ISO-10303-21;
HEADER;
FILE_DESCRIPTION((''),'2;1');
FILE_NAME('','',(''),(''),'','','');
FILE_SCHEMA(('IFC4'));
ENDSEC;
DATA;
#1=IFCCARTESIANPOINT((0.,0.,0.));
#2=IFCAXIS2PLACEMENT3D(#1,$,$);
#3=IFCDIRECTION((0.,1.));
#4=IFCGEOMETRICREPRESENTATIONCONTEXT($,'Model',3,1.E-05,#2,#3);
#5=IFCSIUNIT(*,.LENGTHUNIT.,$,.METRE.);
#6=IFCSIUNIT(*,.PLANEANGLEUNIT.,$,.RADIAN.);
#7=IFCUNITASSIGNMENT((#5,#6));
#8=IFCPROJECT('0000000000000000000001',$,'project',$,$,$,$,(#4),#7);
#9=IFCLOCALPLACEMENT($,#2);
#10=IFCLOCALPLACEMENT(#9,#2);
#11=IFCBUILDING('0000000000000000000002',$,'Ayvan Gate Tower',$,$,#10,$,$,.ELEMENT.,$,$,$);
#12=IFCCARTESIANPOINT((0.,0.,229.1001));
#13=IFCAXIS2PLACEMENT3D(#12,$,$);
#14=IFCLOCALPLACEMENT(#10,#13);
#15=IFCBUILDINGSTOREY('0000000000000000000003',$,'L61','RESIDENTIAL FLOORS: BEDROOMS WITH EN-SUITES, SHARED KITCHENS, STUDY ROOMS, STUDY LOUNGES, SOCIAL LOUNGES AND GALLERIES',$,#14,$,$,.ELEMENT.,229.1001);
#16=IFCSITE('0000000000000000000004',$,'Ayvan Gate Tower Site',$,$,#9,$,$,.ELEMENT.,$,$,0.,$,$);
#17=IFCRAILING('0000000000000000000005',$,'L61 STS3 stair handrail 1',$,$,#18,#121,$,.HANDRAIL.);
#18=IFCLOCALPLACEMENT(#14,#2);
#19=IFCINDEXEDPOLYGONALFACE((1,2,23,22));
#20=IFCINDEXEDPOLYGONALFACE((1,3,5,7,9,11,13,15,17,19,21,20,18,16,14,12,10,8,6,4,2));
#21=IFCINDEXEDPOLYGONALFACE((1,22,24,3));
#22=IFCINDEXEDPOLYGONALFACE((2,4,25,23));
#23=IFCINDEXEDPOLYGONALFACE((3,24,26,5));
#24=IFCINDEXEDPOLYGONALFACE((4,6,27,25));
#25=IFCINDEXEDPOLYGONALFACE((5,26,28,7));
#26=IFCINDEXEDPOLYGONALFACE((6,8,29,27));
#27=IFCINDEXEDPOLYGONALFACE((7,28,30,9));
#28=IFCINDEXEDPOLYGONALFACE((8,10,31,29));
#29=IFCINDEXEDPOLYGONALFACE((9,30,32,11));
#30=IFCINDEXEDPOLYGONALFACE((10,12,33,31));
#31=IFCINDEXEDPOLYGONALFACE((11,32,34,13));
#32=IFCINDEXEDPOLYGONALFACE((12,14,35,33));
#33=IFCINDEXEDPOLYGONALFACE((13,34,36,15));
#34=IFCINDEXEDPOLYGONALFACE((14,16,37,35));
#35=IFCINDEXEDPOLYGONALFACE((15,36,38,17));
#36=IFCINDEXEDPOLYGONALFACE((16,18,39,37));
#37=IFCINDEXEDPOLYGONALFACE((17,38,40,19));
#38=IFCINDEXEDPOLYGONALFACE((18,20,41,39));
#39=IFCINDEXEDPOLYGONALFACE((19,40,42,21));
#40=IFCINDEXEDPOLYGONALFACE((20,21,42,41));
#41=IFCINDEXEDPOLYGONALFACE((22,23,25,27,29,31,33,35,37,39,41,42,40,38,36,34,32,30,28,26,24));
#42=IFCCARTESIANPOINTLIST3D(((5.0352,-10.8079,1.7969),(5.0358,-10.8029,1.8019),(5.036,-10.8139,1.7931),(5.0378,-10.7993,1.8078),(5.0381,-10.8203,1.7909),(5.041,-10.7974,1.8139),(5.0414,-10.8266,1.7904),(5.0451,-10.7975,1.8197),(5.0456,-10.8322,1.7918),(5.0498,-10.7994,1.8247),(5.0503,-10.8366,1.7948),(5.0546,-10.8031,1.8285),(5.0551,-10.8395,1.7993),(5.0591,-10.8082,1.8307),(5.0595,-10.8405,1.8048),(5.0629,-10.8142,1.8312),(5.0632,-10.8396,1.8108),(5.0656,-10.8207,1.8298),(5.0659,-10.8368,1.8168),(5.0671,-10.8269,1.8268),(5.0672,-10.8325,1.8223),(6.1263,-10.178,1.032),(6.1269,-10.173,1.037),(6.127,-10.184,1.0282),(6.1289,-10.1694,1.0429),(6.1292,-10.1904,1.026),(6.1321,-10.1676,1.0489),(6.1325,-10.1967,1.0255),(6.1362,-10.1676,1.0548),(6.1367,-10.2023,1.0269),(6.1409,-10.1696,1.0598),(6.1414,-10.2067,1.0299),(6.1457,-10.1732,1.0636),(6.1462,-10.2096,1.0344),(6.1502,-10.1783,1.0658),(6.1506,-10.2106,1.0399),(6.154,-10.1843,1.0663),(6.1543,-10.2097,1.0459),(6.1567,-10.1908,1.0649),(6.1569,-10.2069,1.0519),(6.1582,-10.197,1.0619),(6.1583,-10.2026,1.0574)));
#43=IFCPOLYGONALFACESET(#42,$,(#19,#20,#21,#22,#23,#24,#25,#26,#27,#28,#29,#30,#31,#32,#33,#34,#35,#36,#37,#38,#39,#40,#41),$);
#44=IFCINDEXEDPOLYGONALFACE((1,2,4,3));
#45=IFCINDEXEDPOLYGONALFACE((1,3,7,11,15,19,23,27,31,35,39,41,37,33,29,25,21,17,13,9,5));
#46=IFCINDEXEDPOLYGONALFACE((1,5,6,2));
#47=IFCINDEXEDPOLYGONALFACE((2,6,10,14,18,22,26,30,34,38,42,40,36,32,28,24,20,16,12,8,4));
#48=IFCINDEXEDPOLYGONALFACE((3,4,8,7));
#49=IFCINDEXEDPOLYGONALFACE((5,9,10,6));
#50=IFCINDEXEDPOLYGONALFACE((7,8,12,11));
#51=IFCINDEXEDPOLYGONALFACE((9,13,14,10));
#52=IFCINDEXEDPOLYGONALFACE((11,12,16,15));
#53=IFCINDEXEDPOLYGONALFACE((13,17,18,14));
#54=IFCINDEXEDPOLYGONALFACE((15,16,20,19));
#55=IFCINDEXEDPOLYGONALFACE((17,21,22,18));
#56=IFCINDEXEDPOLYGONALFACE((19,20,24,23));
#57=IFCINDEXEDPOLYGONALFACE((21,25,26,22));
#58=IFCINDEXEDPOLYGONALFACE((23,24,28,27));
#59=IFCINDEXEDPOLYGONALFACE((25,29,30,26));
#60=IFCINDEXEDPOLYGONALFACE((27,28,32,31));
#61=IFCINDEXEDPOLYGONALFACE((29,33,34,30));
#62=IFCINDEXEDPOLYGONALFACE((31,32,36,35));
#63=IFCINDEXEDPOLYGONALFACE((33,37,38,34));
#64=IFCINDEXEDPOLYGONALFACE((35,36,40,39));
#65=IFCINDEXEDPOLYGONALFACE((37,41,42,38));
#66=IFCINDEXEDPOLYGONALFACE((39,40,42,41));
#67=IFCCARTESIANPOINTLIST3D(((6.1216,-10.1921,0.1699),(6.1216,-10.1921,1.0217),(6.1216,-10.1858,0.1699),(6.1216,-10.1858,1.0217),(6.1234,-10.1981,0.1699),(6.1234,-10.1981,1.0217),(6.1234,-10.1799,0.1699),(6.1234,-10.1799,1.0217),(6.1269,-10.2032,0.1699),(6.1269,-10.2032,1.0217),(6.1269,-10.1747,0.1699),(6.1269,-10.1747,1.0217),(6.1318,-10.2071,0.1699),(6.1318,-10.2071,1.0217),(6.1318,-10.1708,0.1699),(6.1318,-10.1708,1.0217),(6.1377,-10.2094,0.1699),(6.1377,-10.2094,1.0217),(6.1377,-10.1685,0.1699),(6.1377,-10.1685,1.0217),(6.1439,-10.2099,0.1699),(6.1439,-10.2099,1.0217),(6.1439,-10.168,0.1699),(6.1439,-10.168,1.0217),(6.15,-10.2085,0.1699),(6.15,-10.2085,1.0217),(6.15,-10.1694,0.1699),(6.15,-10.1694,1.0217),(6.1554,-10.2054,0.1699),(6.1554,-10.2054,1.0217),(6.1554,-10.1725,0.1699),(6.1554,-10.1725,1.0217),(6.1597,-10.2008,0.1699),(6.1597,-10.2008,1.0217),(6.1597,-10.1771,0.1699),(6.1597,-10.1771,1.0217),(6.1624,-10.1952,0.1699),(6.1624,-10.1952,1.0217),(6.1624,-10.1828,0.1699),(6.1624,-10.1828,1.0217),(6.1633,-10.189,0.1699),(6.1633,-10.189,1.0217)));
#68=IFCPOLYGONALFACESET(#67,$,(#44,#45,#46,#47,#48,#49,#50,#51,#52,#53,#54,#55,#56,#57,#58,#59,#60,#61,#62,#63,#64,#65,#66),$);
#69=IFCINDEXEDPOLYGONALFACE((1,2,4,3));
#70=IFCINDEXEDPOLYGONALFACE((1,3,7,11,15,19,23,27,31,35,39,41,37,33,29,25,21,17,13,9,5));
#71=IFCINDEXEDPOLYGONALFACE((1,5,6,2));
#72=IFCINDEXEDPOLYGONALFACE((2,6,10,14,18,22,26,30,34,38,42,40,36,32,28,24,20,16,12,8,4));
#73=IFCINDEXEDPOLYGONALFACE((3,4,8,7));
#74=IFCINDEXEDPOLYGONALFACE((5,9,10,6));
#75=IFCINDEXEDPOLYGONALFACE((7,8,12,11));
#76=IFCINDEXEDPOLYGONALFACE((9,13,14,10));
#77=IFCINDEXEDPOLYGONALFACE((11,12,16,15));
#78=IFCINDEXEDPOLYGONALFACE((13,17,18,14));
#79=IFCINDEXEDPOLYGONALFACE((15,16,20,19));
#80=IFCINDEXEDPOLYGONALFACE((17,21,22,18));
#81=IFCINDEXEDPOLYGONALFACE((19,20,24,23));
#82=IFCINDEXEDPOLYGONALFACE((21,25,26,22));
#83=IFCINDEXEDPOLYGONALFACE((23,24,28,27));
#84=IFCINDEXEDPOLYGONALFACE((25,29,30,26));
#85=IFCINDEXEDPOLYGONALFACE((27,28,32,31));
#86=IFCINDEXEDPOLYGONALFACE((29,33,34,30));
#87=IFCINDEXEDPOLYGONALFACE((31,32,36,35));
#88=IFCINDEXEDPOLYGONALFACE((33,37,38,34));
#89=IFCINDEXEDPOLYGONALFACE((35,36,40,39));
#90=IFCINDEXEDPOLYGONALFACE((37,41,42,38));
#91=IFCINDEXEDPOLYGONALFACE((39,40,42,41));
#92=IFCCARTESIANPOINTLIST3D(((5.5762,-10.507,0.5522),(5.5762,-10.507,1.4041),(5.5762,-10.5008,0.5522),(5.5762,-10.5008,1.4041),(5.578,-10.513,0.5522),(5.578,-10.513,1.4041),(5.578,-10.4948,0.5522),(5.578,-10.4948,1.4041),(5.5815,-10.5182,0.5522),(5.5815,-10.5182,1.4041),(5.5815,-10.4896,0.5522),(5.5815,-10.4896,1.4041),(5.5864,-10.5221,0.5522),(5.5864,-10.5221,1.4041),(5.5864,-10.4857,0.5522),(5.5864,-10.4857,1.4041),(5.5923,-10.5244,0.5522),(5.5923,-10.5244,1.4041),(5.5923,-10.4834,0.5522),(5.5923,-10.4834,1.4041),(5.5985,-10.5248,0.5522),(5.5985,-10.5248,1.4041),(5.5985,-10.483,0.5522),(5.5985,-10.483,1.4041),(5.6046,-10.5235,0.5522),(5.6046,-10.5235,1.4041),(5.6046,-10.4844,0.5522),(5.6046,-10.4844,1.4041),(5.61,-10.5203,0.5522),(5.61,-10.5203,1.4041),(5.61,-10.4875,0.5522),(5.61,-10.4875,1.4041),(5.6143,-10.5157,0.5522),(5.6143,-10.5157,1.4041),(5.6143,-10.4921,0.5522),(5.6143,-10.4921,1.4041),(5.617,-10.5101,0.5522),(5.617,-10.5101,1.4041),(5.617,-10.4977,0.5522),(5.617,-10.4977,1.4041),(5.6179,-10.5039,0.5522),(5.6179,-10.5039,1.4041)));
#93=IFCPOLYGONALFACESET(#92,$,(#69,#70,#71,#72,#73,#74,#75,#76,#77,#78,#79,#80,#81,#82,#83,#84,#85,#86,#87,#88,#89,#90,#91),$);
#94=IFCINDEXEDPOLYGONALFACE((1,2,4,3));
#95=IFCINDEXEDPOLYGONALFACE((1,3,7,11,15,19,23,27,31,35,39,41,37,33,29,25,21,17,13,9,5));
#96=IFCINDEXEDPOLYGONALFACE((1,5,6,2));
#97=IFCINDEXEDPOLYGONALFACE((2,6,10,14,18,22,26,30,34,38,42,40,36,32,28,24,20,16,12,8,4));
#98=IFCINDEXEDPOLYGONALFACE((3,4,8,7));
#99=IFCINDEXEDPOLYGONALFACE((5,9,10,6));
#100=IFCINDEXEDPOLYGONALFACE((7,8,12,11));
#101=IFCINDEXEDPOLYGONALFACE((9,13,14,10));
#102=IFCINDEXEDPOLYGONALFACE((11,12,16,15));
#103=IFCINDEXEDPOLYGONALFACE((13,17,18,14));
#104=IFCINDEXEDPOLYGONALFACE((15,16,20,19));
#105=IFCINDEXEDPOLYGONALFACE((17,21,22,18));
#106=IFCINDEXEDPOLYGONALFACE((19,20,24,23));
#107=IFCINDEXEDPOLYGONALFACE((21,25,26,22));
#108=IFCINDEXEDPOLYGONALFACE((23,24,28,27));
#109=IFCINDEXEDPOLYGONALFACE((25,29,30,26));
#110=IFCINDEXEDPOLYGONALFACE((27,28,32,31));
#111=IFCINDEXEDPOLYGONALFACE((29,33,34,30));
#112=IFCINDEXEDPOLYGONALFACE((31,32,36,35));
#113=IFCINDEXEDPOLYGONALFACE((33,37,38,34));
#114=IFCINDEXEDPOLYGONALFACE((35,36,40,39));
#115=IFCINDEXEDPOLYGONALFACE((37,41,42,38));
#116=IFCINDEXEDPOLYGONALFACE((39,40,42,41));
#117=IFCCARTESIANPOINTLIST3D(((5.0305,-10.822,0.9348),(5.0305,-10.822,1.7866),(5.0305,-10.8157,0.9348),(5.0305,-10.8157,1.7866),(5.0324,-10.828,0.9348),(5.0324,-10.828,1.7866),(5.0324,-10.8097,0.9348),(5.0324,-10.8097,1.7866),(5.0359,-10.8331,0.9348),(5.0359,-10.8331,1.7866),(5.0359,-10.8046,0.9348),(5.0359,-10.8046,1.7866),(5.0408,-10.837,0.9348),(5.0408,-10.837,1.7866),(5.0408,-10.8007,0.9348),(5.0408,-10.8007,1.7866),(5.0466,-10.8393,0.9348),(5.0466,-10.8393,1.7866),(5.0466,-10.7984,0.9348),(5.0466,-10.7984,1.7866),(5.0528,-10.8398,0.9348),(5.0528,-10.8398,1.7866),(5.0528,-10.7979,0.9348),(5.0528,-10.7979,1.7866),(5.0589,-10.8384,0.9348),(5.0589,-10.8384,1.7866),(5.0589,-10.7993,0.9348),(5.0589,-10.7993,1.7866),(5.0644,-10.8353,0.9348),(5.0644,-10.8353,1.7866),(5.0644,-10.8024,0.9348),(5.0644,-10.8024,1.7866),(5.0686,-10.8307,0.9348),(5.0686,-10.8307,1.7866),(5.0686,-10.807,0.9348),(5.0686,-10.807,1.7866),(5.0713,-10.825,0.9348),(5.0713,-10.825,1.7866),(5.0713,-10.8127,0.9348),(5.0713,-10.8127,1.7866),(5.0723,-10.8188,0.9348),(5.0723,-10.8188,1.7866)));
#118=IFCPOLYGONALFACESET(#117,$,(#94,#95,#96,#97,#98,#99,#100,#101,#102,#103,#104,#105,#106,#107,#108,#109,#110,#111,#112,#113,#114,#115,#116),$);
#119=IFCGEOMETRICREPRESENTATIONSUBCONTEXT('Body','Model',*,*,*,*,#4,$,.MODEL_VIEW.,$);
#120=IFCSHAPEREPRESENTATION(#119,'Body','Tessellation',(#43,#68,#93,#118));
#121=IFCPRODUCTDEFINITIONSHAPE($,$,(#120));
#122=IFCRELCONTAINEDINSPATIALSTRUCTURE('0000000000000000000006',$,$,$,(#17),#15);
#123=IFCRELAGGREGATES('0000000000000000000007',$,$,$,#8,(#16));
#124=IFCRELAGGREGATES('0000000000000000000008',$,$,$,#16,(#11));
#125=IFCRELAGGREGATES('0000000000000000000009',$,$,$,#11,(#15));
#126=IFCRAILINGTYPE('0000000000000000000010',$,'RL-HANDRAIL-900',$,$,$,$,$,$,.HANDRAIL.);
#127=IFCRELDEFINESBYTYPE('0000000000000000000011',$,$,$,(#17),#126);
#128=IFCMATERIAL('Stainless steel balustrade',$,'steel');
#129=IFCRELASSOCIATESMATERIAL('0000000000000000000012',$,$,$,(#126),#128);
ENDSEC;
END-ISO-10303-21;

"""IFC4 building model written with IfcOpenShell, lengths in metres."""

from ifc_helpers import new_model, si_unit, direction, frame, origin, origin_2d, place, context, subcontext, project, spatial, circle, extrude, material, type_object, element, save


model = new_model("IFC4")

# Units and contexts
model_context = context("Model", 3, precision=1e-05, world=origin(), true_north=direction((0.0, 1.0)))
body_context = subcontext(model_context, "Body", "Model", "MODEL_VIEW")
ifc_project = project(units=[si_unit("LENGTHUNIT", "METRE"), si_unit("PLANEANGLEUNIT", "RADIAN")], contexts=[model_context])

# Site, building, storey
site_placement = place(None, origin())
site = spatial("IfcSite", under=ifc_project, at=site_placement, Name="Ayvan Gate Tower Site", CompositionType="ELEMENT", RefElevation=0.0)
building_placement = place(site_placement, origin())
building = spatial("IfcBuilding", under=site, at=building_placement, Name="Ayvan Gate Tower", CompositionType="ELEMENT")
storey_placement = place(building_placement, frame((0.0, 0.0, 229.1001)))
storey = spatial("IfcBuildingStorey", under=building, at=storey_placement, Name="L61", Description="RESIDENTIAL FLOORS: BEDROOMS WITH EN-SUITES, SHARED KITCHENS, STUDY ROOMS, STUDY LOUNGES, SOCIAL LOUNGES AND GALLERIES", CompositionType="ELEMENT", Elevation=229.1001)

# Railing
ifc_material_1 = material(Name="Stainless steel balustrade", Category="steel")
railing_type = type_object("IfcRailingType", Name="RL-HANDRAIL-900", PredefinedType="HANDRAIL", material=ifc_material_1)
railing_1_placement = place(storey_placement, frame((6.1423, -10.189, 0.1699)))
element("IfcRailing", 1, at=railing_1_placement, inside=storey, type_object=railing_type, Name="L61 STS3 stair handrail 1", PredefinedType="HANDRAIL", context=body_context, shape_type="SweptSolid", body=[
    extrude(circle(Radius=0.0239, at=origin_2d()), frame((0.0, 0.0, 0.876), z_axis=(-0.740282, -0.427372, 0.518976), x_axis=(0.499974, -0.86604, 0.0)), (0.0, 0.0, 1.0), 1.4739),
    extrude(circle(Radius=0.021, at=origin_2d()), origin(), (0.0, 0.0, 1.0), 0.8518),
    extrude(circle(Radius=0.021, at=origin_2d()), frame((-0.5454, -0.3149, 0.3823)), (0.0, 0.0, 1.0), 0.8518),
    extrude(circle(Radius=0.021, at=origin_2d()), frame((-1.0911, -0.6299, 0.7649)), (0.0, 0.0, 1.0), 0.8518),
])

save(model, "model.ifc")
